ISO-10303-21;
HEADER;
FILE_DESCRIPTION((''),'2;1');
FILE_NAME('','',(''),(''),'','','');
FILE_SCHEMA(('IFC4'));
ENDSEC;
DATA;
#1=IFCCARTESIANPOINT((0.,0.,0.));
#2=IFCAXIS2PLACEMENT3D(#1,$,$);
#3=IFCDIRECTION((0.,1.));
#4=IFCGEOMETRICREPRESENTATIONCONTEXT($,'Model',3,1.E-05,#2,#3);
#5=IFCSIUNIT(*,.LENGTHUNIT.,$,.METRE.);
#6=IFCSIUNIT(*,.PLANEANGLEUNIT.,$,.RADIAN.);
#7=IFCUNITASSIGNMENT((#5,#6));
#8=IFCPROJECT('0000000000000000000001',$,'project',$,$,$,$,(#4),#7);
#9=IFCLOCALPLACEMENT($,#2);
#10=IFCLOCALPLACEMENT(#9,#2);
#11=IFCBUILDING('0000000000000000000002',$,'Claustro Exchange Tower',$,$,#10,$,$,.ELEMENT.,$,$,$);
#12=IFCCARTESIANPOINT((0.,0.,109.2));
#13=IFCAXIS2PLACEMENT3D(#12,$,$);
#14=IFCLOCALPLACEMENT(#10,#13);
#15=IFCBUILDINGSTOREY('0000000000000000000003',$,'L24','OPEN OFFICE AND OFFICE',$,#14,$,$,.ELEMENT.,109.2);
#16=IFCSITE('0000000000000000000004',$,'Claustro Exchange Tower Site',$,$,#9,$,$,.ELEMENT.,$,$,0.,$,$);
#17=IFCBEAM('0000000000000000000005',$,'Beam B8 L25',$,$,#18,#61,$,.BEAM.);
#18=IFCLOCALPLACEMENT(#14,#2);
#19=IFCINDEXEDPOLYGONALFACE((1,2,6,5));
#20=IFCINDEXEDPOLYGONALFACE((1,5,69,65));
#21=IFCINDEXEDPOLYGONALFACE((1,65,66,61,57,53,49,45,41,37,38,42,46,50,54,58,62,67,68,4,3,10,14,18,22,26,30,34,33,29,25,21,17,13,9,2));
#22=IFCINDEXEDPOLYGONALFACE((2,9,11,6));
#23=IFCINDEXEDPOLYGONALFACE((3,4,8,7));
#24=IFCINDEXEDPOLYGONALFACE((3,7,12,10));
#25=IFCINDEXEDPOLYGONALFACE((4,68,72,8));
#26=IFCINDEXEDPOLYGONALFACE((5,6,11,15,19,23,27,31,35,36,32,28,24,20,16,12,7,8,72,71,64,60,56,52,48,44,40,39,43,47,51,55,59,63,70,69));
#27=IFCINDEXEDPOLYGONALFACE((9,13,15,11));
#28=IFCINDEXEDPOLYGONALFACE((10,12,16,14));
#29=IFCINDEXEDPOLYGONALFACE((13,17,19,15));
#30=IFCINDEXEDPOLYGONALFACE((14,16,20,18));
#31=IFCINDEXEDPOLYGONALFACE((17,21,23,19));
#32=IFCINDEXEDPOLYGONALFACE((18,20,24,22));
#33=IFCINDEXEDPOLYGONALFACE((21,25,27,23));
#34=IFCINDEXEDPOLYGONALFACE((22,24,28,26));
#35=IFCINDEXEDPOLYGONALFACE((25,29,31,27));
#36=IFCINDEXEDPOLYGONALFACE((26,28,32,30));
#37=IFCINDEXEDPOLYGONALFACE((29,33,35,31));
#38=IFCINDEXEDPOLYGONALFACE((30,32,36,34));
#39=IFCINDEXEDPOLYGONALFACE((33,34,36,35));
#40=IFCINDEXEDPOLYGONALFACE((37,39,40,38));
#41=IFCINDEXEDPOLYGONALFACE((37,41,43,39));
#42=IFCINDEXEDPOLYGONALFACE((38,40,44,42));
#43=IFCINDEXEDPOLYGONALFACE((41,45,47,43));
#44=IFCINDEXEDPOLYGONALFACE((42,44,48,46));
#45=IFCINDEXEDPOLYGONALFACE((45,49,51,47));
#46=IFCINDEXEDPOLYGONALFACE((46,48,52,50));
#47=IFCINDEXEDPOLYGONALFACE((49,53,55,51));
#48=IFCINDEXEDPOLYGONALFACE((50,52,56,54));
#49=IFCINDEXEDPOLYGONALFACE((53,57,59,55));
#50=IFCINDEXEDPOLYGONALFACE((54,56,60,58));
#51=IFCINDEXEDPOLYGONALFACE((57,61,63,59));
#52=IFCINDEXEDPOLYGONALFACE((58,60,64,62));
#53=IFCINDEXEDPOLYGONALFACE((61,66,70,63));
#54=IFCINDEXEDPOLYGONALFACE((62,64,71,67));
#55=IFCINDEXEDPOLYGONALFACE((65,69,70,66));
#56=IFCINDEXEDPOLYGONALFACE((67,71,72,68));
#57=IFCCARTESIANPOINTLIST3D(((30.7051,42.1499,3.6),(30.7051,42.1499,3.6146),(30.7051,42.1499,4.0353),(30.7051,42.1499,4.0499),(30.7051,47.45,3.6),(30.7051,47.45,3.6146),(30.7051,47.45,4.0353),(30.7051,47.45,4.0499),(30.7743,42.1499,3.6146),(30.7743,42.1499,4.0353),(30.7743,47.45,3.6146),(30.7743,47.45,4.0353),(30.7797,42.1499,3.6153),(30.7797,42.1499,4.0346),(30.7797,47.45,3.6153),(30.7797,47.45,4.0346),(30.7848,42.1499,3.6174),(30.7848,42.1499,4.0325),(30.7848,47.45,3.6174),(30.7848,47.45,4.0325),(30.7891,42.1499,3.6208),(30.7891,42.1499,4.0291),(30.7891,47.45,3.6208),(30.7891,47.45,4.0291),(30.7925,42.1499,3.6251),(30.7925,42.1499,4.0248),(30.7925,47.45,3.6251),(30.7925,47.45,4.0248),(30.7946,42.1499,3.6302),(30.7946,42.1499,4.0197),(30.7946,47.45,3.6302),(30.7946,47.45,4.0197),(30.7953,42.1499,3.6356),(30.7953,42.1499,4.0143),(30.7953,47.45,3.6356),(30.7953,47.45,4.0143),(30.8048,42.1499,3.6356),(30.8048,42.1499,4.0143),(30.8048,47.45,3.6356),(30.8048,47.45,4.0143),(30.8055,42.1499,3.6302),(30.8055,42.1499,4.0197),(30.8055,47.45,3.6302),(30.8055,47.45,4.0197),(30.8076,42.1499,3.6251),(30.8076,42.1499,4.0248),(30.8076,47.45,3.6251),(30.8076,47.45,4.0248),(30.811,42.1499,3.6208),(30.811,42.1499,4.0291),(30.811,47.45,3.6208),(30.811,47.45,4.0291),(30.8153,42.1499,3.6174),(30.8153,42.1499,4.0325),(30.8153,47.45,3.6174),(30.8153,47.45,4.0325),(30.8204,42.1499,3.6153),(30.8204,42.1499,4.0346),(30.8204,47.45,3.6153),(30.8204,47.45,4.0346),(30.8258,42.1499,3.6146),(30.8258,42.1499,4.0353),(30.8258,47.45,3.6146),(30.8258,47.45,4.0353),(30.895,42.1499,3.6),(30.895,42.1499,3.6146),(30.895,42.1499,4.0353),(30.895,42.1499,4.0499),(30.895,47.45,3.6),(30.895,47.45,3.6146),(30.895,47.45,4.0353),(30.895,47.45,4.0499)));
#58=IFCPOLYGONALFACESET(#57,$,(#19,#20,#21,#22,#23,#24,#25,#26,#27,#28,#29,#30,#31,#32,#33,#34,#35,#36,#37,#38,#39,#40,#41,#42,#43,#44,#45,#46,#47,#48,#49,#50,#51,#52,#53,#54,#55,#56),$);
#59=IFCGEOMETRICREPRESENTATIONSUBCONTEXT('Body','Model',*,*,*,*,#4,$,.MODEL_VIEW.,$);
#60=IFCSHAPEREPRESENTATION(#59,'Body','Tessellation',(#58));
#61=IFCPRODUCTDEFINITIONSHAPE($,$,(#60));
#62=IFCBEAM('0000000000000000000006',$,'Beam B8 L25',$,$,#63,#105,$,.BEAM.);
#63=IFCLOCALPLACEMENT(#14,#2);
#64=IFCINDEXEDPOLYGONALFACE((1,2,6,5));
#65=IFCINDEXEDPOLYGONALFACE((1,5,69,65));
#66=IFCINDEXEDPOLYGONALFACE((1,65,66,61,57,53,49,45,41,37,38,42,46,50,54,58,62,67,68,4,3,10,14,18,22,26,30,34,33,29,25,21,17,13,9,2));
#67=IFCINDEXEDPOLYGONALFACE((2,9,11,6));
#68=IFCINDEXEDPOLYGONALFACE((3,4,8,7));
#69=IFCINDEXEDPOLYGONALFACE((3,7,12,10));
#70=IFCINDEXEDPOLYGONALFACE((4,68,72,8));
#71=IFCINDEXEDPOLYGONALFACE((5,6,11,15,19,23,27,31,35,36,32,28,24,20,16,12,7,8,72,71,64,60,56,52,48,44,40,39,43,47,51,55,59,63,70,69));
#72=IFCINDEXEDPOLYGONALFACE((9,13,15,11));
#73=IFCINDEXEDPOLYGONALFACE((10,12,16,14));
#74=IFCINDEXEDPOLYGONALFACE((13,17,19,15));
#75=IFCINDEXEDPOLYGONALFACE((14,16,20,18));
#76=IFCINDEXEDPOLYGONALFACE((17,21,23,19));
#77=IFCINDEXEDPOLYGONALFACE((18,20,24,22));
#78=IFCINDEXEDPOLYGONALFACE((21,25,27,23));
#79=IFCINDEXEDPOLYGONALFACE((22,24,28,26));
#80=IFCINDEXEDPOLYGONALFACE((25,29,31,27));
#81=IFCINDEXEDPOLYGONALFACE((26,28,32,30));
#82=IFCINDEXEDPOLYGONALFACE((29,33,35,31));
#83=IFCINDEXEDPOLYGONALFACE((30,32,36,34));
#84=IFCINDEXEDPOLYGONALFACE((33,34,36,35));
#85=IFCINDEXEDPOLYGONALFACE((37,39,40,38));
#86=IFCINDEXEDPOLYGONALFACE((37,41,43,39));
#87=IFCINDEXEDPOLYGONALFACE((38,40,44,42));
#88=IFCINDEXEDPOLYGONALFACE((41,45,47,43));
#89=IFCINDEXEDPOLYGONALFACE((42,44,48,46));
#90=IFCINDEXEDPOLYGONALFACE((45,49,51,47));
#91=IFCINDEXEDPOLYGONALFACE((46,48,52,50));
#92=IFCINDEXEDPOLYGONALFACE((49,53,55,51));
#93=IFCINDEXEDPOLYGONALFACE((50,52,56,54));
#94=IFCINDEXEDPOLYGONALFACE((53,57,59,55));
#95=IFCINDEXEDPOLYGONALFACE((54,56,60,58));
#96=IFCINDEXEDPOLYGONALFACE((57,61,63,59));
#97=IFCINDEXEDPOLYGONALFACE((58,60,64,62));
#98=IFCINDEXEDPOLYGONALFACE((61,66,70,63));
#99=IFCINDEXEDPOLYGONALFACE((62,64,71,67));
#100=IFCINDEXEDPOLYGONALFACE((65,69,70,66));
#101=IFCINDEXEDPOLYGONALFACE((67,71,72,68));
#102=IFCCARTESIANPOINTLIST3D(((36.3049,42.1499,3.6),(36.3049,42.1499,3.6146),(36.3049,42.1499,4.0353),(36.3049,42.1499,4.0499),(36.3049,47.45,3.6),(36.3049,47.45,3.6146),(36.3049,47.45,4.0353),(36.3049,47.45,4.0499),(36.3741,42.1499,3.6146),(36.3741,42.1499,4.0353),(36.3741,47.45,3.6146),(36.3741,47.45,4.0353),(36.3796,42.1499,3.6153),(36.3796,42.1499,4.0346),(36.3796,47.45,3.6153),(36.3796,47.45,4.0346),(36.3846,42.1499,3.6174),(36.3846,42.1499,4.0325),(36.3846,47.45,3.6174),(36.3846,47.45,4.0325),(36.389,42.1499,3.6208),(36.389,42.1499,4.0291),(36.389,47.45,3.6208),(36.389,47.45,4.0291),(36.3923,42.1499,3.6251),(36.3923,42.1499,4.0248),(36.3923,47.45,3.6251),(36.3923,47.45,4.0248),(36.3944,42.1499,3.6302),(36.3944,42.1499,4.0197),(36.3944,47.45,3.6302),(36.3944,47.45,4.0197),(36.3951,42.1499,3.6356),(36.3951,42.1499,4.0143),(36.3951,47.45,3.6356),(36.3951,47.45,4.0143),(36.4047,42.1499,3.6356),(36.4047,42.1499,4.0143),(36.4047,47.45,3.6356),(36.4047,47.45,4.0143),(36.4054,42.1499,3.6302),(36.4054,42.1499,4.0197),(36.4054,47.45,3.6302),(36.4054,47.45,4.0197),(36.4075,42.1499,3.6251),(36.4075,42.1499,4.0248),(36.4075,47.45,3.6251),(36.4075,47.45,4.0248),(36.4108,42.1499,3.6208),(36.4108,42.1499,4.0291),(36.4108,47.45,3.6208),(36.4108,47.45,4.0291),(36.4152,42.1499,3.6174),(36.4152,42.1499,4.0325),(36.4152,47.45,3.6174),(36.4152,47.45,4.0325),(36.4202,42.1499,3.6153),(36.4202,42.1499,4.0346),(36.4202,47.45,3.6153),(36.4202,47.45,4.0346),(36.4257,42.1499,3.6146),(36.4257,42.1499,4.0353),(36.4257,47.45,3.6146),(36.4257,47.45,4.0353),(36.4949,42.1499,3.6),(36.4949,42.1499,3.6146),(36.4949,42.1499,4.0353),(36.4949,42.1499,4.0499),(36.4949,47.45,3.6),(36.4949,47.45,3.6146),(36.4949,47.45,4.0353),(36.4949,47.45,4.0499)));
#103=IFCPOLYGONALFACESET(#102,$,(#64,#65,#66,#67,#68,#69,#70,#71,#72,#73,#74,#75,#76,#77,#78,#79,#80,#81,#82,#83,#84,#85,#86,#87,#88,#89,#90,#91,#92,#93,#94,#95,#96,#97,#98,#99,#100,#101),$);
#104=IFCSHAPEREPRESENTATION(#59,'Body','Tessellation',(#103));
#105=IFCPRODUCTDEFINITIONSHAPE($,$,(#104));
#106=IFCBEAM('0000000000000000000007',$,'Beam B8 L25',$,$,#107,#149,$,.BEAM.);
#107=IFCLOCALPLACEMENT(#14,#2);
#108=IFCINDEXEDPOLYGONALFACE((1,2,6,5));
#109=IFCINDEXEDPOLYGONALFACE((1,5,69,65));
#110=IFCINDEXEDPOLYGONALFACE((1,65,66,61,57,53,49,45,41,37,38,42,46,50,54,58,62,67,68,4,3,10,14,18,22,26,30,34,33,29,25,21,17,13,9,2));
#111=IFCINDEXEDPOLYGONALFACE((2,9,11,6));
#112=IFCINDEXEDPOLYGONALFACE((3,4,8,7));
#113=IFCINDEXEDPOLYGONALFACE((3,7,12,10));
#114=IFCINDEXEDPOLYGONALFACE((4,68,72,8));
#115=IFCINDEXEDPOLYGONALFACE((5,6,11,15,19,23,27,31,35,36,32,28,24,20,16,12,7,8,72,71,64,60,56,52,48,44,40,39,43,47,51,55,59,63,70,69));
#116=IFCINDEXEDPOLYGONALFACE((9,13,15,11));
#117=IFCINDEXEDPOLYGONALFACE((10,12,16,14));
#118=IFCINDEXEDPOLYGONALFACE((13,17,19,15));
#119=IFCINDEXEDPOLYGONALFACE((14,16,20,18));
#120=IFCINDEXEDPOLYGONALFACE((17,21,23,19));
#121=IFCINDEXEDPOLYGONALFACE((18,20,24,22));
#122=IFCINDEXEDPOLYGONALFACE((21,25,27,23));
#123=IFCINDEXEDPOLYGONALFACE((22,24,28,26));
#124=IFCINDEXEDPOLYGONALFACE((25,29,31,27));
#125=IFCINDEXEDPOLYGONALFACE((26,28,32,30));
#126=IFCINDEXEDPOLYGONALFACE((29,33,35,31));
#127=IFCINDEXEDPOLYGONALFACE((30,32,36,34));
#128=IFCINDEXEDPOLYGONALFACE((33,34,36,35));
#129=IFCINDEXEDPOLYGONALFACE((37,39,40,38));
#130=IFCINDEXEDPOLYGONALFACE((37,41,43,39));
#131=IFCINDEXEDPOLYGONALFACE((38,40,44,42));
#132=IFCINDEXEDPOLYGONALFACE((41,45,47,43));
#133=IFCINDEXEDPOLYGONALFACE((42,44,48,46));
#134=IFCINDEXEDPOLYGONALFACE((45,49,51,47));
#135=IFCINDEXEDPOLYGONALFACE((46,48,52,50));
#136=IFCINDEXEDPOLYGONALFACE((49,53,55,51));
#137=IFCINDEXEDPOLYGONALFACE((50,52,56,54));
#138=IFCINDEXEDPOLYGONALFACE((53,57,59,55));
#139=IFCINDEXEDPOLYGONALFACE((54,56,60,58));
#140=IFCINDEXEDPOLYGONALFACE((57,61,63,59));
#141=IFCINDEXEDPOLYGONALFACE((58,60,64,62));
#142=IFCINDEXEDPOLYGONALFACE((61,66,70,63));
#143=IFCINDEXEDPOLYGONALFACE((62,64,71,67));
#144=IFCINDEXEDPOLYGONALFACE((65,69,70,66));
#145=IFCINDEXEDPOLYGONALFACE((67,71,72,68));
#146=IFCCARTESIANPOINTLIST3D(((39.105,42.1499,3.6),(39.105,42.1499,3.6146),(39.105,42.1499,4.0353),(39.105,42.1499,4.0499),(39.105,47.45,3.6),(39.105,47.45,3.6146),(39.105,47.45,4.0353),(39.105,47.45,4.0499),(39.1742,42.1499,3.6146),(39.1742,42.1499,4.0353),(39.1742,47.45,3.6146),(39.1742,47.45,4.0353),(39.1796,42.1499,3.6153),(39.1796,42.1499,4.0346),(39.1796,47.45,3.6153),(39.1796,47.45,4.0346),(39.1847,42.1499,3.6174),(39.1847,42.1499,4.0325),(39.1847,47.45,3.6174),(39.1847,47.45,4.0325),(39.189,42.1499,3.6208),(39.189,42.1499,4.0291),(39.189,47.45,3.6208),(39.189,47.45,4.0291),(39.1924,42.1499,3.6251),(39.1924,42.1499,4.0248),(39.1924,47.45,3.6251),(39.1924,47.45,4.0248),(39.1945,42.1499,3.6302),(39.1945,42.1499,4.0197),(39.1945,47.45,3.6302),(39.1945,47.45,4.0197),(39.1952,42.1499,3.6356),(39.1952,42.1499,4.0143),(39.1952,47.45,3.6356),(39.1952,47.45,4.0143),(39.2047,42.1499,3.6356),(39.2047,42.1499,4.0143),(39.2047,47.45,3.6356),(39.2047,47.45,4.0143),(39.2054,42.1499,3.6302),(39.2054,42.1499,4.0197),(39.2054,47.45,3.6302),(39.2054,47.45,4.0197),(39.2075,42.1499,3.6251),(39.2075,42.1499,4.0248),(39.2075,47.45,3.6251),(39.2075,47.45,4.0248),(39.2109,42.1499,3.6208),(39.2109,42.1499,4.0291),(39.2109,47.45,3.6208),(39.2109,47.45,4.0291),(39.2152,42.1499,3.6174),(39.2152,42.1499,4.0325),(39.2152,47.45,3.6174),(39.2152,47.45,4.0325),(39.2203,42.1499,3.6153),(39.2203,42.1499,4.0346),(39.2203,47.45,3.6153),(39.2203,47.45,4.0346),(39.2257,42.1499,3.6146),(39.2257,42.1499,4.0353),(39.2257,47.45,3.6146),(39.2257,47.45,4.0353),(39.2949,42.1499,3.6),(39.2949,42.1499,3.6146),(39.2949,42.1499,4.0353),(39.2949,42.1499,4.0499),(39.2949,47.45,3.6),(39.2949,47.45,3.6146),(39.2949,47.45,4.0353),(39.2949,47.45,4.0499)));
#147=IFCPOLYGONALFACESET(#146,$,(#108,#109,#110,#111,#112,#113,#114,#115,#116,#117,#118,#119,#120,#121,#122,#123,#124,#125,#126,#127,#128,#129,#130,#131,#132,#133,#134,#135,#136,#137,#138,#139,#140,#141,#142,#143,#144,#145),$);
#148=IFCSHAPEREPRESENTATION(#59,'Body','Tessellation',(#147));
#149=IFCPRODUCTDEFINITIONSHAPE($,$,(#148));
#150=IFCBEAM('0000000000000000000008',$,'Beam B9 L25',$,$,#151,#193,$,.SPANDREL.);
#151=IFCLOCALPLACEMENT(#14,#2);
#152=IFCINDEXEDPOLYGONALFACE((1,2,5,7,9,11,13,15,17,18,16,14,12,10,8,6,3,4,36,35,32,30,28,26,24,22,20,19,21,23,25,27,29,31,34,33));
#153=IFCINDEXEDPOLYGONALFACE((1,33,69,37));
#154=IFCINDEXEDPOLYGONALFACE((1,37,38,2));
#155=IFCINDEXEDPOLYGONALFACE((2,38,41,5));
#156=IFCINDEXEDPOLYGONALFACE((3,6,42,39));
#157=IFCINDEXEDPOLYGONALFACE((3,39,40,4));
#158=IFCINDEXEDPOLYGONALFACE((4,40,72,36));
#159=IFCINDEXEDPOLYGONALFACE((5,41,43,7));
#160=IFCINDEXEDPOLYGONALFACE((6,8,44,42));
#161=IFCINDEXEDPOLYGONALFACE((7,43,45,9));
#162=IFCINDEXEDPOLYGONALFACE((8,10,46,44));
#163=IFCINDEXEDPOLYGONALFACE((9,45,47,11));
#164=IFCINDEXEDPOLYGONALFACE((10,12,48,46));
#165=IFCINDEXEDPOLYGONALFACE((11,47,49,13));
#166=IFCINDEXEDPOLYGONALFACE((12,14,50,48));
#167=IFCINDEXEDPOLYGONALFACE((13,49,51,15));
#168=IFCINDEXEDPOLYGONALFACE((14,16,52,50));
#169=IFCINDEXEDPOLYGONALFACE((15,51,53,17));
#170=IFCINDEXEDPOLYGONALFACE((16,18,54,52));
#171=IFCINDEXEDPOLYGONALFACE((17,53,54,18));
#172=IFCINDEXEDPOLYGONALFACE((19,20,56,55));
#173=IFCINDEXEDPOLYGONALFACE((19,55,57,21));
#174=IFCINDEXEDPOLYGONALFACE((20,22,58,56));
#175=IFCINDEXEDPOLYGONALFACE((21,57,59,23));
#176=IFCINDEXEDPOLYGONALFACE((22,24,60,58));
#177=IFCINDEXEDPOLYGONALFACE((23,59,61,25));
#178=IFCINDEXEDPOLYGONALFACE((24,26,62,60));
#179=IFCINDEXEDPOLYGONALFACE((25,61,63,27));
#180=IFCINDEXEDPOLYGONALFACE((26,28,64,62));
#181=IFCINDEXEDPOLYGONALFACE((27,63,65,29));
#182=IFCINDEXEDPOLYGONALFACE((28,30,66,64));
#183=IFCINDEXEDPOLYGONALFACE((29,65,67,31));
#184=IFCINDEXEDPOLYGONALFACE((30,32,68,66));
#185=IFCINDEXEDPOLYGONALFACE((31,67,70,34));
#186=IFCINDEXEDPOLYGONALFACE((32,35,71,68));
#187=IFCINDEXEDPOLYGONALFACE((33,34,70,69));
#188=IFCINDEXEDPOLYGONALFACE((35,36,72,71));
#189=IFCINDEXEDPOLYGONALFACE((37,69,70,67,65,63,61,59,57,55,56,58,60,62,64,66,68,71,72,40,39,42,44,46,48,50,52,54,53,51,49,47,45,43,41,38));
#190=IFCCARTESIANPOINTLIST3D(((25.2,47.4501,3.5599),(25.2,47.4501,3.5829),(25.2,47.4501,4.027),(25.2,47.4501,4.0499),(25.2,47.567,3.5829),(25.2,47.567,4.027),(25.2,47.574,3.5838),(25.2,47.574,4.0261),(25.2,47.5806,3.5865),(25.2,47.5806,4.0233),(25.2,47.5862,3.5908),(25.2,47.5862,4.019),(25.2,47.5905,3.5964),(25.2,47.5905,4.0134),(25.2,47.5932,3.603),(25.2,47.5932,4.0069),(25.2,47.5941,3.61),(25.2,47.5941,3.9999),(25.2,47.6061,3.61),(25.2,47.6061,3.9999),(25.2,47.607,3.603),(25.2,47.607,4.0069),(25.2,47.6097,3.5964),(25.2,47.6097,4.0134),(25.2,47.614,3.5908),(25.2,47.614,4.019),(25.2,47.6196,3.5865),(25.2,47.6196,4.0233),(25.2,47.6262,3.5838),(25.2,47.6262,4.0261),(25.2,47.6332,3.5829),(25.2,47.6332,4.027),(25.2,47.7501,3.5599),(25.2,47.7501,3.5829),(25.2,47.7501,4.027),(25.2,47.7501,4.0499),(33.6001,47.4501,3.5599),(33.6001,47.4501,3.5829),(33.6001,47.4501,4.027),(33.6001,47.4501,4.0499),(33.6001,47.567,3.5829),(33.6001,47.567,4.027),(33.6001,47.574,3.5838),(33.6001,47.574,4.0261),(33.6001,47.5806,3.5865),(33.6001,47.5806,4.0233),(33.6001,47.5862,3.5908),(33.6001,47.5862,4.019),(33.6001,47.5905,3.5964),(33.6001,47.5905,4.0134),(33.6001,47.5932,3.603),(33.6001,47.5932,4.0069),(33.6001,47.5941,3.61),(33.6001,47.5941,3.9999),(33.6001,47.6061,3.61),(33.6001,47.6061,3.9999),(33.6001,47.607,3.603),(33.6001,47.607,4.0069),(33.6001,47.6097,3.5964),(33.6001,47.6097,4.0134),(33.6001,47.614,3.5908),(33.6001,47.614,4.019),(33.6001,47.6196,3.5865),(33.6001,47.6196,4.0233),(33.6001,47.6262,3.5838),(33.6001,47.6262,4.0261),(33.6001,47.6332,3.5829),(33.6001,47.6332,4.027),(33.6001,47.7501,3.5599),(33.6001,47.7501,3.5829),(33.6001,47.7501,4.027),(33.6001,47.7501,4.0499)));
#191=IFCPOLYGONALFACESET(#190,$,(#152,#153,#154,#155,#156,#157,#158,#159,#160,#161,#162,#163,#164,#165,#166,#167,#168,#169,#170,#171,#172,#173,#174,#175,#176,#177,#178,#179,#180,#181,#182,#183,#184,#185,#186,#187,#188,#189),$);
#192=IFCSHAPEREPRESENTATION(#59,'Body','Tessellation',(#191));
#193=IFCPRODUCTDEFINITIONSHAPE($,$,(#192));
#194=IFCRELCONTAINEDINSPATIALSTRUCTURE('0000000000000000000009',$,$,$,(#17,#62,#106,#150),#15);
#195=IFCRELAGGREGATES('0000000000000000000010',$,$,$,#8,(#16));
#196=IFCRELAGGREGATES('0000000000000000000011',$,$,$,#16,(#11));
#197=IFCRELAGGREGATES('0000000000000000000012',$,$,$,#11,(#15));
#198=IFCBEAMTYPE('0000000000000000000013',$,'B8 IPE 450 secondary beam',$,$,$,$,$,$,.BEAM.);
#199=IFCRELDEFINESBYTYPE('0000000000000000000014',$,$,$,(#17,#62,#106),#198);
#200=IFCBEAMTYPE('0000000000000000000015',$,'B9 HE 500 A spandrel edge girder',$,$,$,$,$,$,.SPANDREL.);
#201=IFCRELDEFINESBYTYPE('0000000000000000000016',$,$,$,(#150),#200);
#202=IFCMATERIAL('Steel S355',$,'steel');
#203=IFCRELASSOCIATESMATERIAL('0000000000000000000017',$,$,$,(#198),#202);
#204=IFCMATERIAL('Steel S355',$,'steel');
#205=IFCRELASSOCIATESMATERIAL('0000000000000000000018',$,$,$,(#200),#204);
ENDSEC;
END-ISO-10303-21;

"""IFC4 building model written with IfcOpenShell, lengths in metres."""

from ifc_helpers import new_model, si_unit, direction, frame, origin, origin_2d, place, context, subcontext, project, spatial, i_section, extrude, material, material_profile, profile_set, type_object, element, save


model = new_model("IFC4")

# Units and contexts
model_context = context("Model", 3, precision=1e-05, world=origin(), true_north=direction((0.0, 1.0)))
body_context = subcontext(model_context, "Body", "Model", "MODEL_VIEW")
ifc_project = project(units=[si_unit("LENGTHUNIT", "METRE"), si_unit("PLANEANGLEUNIT", "RADIAN")], contexts=[model_context])

# Site, building, storey
site_placement = place(None, origin())
site = spatial("IfcSite", under=ifc_project, at=site_placement, Name="Claustro Exchange Tower Site", CompositionType="ELEMENT", RefElevation=0.0)
building_placement = place(site_placement, origin())
building = spatial("IfcBuilding", under=site, at=building_placement, Name="Claustro Exchange Tower", CompositionType="ELEMENT")
storey_placement = place(building_placement, frame((0.0, 0.0, 109.2)))
storey = spatial("IfcBuildingStorey", under=building, at=storey_placement, Name="L24", Description="OPEN OFFICE AND OFFICE", CompositionType="ELEMENT", Elevation=109.2)

# Beams
ifc_material_1 = material(Name="Steel S355", Category="steel")
ifc_material_profile_1 = material_profile(ifc_material_1, i_section(OverallWidth=0.1899, OverallDepth=0.45, WebThickness=0.0095, FlangeThickness=0.0146, FilletRadius=0.021, at=origin_2d()), Name="IPE 450")
ifc_profile_set_1 = profile_set([ifc_material_profile_1], Name="Steel S355")
beam_type_1 = type_object("IfcBeamType", Name="B8 IPE 450 secondary beam", PredefinedType="BEAM", material=ifc_profile_set_1)
for number, where, z_axis, x_axis, name in (
    (1, (30.8, 42.1499, 3.825), (0.0, 1.0, 0.0), (-1.0, 0.0, 0.0), "Beam B8 L25"),
    (2, (36.3999, 42.1499, 3.825), (0.0, 1.0, 0.0), (-1.0, 0.0, 0.0), "Beam B8 L25"),
    (3, (39.2, 42.1499, 3.825), (0.0, 1.0, 0.0), (-1.0, 0.0, 0.0), "Beam B8 L25"),
):
    element("IfcBeam", number, at=place(storey_placement, frame(where, z_axis=z_axis, x_axis=x_axis)), inside=storey, type_object=beam_type_1, Name=name, PredefinedType="BEAM", context=body_context, shape_type="SweptSolid", body=[
        extrude(i_section(OverallWidth=0.1899, OverallDepth=0.45, WebThickness=0.0095, FlangeThickness=0.0146, FilletRadius=0.021, at=origin_2d()), origin(), (0.0, 0.0, 1.0), 5.3),
    ])
ifc_material_2 = material(Name="Steel S355", Category="steel")
ifc_material_profile_2 = material_profile(ifc_material_2, i_section(OverallWidth=0.3, OverallDepth=0.49, WebThickness=0.012, FlangeThickness=0.0229, FilletRadius=0.0271, at=origin_2d()), Name="HE 500 A")
ifc_profile_set_2 = profile_set([ifc_material_profile_2], Name="Steel S355")
beam_type_2 = type_object("IfcBeamType", Name="B9 HE 500 A spandrel edge girder", PredefinedType="SPANDREL", material=ifc_profile_set_2)
beam_1_placement = place(storey_placement, frame((25.2, 47.6001, 3.8049), z_axis=(1.0, 0.0, 0.0), x_axis=(0.0, 1.0, 0.0)))
element("IfcBeam", 4, at=beam_1_placement, inside=storey, type_object=beam_type_2, Name="Beam B9 L25", PredefinedType="SPANDREL", context=body_context, shape_type="SweptSolid", body=[
    extrude(i_section(OverallWidth=0.3, OverallDepth=0.49, WebThickness=0.012, FlangeThickness=0.0229, FilletRadius=0.0271, at=origin_2d()), origin(), (0.0, 0.0, 1.0), 8.4001),
])

save(model, "model.ifc")
